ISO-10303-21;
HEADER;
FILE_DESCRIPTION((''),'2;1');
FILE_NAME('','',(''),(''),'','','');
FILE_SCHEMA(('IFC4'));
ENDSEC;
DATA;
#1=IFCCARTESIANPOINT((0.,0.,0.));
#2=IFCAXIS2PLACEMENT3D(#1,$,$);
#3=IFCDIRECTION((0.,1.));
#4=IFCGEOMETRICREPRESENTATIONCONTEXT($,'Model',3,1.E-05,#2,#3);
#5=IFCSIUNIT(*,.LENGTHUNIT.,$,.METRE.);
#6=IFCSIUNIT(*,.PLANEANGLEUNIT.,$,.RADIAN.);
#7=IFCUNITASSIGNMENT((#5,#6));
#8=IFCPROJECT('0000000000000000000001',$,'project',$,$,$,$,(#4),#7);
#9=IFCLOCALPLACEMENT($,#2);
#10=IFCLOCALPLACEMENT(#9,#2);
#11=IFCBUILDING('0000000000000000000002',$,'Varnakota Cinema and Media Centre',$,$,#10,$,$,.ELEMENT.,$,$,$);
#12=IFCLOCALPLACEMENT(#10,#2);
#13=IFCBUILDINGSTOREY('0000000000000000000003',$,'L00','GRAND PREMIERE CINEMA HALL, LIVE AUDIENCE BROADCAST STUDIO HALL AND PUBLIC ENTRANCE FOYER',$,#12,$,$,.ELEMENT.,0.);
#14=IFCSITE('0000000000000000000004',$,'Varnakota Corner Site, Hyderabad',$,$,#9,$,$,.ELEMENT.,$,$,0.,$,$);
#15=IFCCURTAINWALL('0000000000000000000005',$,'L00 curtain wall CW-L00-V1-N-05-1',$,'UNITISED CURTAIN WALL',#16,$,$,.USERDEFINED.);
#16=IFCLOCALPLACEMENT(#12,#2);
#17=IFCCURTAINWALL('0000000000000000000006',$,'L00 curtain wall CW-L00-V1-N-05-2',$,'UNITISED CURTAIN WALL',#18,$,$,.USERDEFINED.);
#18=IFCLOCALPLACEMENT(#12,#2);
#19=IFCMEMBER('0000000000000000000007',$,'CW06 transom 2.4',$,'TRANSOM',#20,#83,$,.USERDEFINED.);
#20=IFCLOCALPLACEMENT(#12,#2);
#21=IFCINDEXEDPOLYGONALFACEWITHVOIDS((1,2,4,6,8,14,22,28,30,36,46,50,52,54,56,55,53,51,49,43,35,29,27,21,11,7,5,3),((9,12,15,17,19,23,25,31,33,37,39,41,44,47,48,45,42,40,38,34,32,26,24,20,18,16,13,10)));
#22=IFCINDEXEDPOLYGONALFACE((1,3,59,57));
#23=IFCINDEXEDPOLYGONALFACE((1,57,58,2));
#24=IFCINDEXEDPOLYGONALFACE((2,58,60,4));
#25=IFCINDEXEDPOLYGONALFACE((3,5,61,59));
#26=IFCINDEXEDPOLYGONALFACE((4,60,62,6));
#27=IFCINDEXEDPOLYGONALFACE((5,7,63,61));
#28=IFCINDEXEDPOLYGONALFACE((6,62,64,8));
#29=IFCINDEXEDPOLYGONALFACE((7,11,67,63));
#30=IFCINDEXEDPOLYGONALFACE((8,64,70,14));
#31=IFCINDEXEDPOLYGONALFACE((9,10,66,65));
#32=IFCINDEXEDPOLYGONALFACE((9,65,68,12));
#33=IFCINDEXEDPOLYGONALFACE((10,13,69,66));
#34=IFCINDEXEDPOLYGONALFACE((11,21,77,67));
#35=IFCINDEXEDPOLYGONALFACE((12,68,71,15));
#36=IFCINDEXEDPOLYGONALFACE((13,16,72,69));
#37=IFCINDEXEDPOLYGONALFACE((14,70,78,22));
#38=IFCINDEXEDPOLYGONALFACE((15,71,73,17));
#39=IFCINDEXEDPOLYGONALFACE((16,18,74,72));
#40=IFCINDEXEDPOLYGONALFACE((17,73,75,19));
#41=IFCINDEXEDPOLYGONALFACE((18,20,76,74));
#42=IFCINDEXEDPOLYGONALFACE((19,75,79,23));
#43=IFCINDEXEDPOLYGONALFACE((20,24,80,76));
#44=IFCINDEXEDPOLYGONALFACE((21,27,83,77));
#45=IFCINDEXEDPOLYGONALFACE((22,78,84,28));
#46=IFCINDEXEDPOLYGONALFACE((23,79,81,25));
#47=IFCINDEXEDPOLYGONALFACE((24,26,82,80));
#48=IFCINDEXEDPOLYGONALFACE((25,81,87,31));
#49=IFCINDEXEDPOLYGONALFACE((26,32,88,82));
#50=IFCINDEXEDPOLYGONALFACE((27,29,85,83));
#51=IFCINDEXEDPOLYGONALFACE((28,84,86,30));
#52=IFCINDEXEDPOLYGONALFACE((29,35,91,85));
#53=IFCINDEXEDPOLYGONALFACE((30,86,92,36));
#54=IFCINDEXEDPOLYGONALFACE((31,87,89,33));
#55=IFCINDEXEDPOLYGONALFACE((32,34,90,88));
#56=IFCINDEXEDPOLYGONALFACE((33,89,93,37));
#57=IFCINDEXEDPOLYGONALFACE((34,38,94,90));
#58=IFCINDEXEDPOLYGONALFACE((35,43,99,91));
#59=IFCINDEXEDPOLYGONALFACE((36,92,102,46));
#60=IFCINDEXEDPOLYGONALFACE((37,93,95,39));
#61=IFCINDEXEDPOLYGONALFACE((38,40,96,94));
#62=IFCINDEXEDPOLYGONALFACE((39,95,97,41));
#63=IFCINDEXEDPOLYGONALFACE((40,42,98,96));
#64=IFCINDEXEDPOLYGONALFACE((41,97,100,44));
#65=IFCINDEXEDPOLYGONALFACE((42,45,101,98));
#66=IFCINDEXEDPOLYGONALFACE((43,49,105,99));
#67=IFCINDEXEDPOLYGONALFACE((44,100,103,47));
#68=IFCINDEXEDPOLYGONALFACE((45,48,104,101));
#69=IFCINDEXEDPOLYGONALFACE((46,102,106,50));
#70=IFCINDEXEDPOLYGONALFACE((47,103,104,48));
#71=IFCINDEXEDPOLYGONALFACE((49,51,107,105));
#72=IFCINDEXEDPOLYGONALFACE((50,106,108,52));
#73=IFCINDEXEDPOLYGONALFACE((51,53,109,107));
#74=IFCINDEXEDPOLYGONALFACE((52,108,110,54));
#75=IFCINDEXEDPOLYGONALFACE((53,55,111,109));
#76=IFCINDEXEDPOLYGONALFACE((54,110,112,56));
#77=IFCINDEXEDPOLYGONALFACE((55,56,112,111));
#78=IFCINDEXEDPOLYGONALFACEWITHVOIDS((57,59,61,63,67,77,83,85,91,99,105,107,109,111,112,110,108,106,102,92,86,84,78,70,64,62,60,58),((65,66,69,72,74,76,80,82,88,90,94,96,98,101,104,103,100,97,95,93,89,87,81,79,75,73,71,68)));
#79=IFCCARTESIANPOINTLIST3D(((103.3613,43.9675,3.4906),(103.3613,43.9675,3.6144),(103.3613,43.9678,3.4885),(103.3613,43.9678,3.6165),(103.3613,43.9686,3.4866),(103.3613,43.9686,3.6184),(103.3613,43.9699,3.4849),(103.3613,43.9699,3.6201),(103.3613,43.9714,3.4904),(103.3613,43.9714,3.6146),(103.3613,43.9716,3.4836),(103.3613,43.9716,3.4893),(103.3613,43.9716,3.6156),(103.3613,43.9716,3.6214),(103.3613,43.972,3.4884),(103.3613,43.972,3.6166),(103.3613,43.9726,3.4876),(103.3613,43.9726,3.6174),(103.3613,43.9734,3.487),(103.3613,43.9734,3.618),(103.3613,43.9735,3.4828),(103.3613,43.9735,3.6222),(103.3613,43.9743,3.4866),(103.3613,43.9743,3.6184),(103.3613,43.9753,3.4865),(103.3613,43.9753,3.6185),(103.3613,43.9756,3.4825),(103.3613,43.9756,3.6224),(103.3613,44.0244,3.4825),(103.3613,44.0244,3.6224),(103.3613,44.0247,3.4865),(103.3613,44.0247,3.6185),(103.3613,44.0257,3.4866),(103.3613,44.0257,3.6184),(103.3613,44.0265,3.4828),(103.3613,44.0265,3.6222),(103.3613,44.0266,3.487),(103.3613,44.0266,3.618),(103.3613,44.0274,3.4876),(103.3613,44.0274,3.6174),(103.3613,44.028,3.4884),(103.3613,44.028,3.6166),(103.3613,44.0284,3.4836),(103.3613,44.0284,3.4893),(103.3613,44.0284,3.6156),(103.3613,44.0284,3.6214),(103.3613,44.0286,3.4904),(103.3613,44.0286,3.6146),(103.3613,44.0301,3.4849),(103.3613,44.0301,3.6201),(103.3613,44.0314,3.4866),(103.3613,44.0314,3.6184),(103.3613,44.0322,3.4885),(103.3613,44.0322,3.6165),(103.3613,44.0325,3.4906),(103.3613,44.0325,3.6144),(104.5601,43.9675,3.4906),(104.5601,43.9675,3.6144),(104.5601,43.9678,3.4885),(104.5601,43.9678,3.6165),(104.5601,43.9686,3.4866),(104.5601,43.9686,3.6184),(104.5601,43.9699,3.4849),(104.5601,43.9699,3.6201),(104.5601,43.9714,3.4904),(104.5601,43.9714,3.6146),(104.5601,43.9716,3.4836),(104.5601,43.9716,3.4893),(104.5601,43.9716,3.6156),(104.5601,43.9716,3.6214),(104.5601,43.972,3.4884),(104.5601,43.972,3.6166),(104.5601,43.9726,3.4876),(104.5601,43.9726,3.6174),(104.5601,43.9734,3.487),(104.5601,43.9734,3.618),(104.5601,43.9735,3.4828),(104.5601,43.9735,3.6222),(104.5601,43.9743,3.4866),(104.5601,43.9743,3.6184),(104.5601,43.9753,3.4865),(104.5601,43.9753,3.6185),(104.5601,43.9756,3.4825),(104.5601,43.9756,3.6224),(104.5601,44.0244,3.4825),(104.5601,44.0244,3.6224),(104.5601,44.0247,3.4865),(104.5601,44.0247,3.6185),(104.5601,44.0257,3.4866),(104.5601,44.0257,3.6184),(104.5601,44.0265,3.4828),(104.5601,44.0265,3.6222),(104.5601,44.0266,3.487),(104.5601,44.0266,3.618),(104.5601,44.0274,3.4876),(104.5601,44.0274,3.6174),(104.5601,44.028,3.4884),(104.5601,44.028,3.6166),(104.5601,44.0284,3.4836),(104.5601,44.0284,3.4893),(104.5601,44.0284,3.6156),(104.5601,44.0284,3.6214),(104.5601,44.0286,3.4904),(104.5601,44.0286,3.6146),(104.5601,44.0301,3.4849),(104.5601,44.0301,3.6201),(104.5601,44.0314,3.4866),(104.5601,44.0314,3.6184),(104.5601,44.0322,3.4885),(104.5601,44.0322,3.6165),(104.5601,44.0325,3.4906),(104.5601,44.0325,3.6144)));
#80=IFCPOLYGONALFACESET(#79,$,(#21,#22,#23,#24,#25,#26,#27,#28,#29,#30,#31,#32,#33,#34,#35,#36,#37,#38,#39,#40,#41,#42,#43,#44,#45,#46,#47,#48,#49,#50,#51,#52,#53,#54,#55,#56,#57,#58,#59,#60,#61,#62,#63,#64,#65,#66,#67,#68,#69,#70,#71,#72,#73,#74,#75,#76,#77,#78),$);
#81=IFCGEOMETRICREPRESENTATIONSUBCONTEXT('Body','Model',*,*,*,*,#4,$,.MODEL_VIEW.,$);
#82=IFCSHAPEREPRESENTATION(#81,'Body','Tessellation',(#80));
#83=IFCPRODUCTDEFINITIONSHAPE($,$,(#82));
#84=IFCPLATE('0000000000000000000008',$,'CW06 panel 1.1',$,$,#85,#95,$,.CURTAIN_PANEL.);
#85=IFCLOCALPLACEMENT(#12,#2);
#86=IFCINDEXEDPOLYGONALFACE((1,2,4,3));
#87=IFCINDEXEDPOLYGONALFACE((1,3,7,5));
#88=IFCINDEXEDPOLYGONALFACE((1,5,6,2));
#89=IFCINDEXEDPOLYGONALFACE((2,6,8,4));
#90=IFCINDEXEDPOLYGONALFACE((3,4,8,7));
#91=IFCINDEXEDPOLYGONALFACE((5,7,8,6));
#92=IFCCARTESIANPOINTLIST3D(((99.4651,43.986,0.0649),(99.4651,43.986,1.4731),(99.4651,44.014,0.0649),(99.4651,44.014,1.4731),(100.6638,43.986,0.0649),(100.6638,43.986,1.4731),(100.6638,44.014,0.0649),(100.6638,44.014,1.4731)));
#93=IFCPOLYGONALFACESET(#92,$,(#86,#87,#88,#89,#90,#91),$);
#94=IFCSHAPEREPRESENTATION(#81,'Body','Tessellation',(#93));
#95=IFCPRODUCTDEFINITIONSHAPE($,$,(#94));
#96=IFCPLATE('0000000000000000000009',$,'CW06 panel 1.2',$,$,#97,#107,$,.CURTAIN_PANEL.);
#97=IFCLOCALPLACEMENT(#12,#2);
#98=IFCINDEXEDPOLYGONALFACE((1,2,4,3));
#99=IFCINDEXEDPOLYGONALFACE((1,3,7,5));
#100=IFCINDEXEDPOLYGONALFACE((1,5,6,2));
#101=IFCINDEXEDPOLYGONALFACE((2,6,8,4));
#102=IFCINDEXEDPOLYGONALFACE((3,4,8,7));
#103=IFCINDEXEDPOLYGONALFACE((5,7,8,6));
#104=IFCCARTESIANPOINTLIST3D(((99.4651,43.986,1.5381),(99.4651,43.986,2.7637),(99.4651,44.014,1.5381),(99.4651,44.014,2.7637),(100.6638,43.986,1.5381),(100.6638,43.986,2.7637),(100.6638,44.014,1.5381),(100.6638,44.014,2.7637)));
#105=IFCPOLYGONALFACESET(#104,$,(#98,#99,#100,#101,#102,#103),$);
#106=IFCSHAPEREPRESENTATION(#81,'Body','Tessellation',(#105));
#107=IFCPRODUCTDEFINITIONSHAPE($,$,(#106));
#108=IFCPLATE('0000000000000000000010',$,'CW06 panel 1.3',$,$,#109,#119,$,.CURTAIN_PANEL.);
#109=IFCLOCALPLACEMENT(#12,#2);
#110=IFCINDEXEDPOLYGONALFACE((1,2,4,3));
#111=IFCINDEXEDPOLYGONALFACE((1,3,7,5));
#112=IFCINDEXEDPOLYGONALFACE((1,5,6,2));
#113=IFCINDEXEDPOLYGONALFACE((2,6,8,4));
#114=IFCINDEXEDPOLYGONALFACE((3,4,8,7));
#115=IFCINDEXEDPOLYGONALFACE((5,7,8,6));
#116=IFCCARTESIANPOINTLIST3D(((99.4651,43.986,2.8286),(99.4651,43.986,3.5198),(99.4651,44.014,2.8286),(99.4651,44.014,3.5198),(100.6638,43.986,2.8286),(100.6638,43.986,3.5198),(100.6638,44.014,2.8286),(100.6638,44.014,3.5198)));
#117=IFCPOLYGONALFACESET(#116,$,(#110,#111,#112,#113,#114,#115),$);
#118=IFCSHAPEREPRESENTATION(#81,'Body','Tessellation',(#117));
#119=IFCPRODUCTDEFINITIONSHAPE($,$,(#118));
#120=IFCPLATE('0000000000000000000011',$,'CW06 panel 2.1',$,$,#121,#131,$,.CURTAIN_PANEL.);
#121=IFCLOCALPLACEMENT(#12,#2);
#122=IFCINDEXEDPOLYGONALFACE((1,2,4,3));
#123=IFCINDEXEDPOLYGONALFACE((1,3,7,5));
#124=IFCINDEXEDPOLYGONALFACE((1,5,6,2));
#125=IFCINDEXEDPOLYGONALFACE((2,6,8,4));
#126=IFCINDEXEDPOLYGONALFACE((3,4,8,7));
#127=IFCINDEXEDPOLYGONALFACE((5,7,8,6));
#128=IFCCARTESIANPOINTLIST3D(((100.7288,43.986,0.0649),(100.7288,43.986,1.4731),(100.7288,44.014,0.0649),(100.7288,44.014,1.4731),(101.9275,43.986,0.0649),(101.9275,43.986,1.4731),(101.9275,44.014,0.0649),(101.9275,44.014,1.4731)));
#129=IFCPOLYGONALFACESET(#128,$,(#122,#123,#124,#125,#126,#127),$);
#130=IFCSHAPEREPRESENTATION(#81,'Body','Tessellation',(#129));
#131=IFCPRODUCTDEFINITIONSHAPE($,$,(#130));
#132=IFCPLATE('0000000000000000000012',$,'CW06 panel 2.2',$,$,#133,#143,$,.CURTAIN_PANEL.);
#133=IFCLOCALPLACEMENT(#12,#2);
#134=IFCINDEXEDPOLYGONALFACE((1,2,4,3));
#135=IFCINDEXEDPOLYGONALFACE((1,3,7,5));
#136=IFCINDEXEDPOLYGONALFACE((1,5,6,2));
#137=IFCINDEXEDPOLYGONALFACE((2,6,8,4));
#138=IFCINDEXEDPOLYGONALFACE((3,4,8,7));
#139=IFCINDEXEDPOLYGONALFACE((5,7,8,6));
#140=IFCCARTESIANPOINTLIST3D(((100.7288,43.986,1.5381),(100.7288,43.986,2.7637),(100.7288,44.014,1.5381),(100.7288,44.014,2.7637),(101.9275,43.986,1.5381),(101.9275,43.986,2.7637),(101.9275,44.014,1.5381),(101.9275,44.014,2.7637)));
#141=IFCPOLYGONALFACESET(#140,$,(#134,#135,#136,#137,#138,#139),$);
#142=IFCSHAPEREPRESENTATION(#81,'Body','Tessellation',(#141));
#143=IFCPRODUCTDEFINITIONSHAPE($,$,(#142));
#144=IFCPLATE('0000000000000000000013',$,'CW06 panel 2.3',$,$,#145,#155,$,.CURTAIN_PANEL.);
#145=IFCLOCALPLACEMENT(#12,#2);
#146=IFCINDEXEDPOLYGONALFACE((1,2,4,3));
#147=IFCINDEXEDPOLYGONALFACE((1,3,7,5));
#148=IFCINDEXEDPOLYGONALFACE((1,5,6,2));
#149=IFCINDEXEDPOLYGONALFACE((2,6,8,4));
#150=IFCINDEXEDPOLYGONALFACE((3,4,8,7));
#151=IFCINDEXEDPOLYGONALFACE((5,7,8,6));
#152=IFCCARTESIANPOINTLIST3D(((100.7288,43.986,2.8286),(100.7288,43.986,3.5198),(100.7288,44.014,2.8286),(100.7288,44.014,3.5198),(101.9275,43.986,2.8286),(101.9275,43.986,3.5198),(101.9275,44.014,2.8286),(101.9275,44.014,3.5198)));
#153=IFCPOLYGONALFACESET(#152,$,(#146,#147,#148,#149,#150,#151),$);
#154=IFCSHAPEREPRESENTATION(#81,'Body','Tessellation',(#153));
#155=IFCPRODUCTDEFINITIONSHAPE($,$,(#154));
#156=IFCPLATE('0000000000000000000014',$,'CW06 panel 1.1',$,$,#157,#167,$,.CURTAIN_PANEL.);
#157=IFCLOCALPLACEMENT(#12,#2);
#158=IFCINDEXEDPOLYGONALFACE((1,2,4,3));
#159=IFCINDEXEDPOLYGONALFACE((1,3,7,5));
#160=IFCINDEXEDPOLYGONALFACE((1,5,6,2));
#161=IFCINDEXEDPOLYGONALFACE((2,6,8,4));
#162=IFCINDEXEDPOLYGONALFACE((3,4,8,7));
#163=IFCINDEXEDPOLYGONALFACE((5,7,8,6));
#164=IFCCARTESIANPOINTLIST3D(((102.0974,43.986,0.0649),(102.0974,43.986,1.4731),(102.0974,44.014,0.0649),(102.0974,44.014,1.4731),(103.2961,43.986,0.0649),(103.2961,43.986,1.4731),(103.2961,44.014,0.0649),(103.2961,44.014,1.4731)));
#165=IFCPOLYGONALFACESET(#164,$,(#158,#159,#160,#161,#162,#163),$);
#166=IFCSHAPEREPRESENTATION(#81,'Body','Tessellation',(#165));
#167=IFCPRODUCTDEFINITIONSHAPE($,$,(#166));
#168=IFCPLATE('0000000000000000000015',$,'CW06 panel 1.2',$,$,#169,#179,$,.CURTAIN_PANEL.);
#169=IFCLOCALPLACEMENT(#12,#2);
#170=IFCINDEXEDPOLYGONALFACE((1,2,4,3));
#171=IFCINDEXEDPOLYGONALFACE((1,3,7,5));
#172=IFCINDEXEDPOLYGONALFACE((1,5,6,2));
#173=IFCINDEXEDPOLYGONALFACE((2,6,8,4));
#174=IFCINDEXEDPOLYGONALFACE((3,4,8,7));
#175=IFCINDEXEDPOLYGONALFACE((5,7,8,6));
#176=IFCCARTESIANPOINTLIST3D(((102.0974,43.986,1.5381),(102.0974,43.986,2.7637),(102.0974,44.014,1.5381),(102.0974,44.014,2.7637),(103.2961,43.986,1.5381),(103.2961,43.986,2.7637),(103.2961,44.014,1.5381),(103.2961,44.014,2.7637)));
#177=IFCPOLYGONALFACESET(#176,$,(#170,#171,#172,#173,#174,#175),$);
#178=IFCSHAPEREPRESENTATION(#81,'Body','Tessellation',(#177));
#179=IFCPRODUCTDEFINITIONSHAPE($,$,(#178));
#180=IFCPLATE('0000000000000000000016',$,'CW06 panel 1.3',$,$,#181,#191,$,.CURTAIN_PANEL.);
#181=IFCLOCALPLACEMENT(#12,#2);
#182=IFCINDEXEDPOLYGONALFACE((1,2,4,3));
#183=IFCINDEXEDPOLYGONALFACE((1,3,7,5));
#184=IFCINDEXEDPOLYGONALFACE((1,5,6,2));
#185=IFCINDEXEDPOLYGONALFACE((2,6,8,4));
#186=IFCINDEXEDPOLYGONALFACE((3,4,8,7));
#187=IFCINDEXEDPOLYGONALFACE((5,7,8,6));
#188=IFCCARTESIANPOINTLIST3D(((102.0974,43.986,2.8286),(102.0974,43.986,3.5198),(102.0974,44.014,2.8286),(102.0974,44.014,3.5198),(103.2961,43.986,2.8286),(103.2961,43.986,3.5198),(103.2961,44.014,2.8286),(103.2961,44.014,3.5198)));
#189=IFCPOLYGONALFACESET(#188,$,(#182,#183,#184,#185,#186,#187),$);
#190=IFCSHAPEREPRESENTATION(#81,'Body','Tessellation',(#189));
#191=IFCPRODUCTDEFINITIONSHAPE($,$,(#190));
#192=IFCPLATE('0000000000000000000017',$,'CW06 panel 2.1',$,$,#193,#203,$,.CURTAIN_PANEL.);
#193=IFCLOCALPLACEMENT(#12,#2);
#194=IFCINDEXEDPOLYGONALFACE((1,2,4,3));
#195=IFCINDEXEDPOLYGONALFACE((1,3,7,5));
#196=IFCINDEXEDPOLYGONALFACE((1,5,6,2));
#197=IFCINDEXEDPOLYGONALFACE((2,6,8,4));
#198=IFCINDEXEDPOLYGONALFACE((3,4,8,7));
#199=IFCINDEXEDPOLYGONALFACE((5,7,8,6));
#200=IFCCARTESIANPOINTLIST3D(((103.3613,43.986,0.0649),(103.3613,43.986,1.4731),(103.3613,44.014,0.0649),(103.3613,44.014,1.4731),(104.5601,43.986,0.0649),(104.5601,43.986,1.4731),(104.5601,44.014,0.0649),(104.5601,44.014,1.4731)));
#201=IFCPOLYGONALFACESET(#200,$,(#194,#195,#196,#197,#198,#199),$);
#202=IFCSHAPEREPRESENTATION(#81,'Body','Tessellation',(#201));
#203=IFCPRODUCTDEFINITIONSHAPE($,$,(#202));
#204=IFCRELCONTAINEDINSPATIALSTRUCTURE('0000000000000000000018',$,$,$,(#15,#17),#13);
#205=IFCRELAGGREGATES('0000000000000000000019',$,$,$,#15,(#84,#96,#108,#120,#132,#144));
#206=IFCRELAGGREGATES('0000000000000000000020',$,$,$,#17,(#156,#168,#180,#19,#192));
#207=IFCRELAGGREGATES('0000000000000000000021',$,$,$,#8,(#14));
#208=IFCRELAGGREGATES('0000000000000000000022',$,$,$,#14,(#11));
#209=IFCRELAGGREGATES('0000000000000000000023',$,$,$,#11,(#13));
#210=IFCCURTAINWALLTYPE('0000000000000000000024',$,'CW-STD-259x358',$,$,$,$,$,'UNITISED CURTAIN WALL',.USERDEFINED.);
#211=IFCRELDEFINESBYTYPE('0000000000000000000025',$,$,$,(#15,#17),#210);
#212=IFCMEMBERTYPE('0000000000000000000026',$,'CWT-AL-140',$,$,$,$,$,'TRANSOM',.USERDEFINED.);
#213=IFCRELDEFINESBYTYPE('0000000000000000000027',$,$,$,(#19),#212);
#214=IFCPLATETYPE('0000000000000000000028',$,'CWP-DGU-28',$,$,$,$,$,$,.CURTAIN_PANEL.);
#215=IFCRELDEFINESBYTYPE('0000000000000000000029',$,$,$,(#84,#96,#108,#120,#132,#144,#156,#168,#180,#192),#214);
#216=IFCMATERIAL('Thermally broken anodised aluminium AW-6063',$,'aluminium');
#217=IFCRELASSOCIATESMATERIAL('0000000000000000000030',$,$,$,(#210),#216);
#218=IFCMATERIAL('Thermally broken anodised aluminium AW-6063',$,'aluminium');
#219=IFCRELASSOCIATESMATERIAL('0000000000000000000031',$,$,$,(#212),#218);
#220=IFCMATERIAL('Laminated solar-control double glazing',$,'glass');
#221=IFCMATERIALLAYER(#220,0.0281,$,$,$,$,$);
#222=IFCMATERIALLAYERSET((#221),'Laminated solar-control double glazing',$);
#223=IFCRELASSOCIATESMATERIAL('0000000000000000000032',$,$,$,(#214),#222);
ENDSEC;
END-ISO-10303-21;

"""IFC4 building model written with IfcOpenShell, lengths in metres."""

from ifc_helpers import new_model, si_unit, direction, frame, origin, origin_2d, place, context, subcontext, project, spatial, rectangle, hollow_rectangle, extrude, material, layer, layer_set, material_profile, profile_set, type_object, element, aggregate, save


model = new_model("IFC4")

# Units and contexts
model_context = context("Model", 3, precision=1e-05, world=origin(), true_north=direction((0.0, 1.0)))
body_context = subcontext(model_context, "Body", "Model", "MODEL_VIEW")
ifc_project = project(units=[si_unit("LENGTHUNIT", "METRE"), si_unit("PLANEANGLEUNIT", "RADIAN")], contexts=[model_context])

# Site, building, storey
site_placement = place(None, origin())
site = spatial("IfcSite", under=ifc_project, at=site_placement, Name="Varnakota Corner Site, Hyderabad", CompositionType="ELEMENT", RefElevation=0.0)
building_placement = place(site_placement, origin())
building = spatial("IfcBuilding", under=site, at=building_placement, Name="Varnakota Cinema and Media Centre", CompositionType="ELEMENT")
storey_placement = place(building_placement, origin())
storey = spatial("IfcBuildingStorey", under=building, at=storey_placement, Name="L00", Description="GRAND PREMIERE CINEMA HALL, LIVE AUDIENCE BROADCAST STUDIO HALL AND PUBLIC ENTRANCE FOYER", CompositionType="ELEMENT", Elevation=0.0)

# Curtain walls
ifc_material_1 = material(Name="Thermally broken anodised aluminium AW-6063", Category="aluminium")
curtain_wall_type = type_object("IfcCurtainWallType", Name="CW-STD-259x358", ElementType="UNITISED CURTAIN WALL", PredefinedType="USERDEFINED", material=ifc_material_1)
curtain_wall_1_placement = place(storey_placement, origin())
curtain_wall_1 = element("IfcCurtainWall", 1, at=curtain_wall_1_placement, inside=storey, type_object=curtain_wall_type, Name="L00 curtain wall CW-L00-V1-N-05-1", ObjectType="UNITISED CURTAIN WALL", PredefinedType="USERDEFINED")
curtain_wall_2_placement = place(storey_placement, origin())
curtain_wall_2 = element("IfcCurtainWall", 2, at=curtain_wall_2_placement, inside=storey, type_object=curtain_wall_type, Name="L00 curtain wall CW-L00-V1-N-05-2", ObjectType="UNITISED CURTAIN WALL", PredefinedType="USERDEFINED")

# Member
ifc_material_2 = material(Name="Thermally broken anodised aluminium AW-6063", Category="aluminium")
ifc_material_profile_1 = material_profile(ifc_material_2, hollow_rectangle(XDim=0.0649, YDim=0.1399, WallThickness=0.0039, InnerFilletRadius=0.0039, OuterFilletRadius=0.0081, at=origin_2d()), Name="AL-TRANSOM 140x65x4")
ifc_profile_set_1 = profile_set([ifc_material_profile_1], Name="Thermally broken anodised aluminium AW-6063")
member_type_1 = type_object("IfcMemberType", Name="CWT-AL-140", ElementType="TRANSOM", PredefinedType="USERDEFINED", material=ifc_profile_set_1)
member_1_placement = place(storey_placement, frame((103.3613, 44.0, 3.5525), z_axis=(1.0, 0.0, 0.0), x_axis=(0.0, 1.0, 0.0)))
member_1 = element("IfcMember", 3, at=member_1_placement, type_object=member_type_1, Name="CW06 transom 2.4", ObjectType="TRANSOM", PredefinedType="USERDEFINED", context=body_context, shape_type="SweptSolid", body=[
    extrude(hollow_rectangle(XDim=0.0649, YDim=0.1399, WallThickness=0.0039, InnerFilletRadius=0.0039, OuterFilletRadius=0.0081, at=origin_2d()), origin(), (0.0, 0.0, 1.0), 1.1987),
])

# Plates
ifc_material_3 = material(Name="Laminated solar-control double glazing", Category="glass")
ifc_layer = layer(ifc_material_3, 0.0281)
ifc_layer_set = layer_set([ifc_layer], Name="Laminated solar-control double glazing")
plate_type = type_object("IfcPlateType", Name="CWP-DGU-28", PredefinedType="CURTAIN_PANEL", material=ifc_layer_set)
plate_1_placement = place(storey_placement, frame((100.0645, 44.0, 0.0649), z_axis=(0.0, 0.0, 1.0), x_axis=(1.0, 0.0, 0.0)))
plate_1 = element("IfcPlate", 4, at=plate_1_placement, type_object=plate_type, Name="CW06 panel 1.1", PredefinedType="CURTAIN_PANEL", context=body_context, shape_type="SweptSolid", body=[
    extrude(rectangle(XDim=1.1987, YDim=0.0281, at=origin_2d()), origin(), (0.0, 0.0, 1.0), 1.4082),
])
plate_2_placement = place(storey_placement, frame((100.0645, 44.0, 1.5381), z_axis=(0.0, 0.0, 1.0), x_axis=(1.0, 0.0, 0.0)))
plate_2 = element("IfcPlate", 5, at=plate_2_placement, type_object=plate_type, Name="CW06 panel 1.2", PredefinedType="CURTAIN_PANEL", context=body_context, shape_type="SweptSolid", body=[
    extrude(rectangle(XDim=1.1987, YDim=0.0281, at=origin_2d()), origin(), (0.0, 0.0, 1.0), 1.2256),
])
plate_3_placement = place(storey_placement, frame((100.0645, 44.0, 2.8286), z_axis=(0.0, 0.0, 1.0), x_axis=(1.0, 0.0, 0.0)))
plate_3 = element("IfcPlate", 6, at=plate_3_placement, type_object=plate_type, Name="CW06 panel 1.3", PredefinedType="CURTAIN_PANEL", context=body_context, shape_type="SweptSolid", body=[
    extrude(rectangle(XDim=1.1987, YDim=0.0281, at=origin_2d()), origin(), (0.0, 0.0, 1.0), 0.6912),
])
plate_4_placement = place(storey_placement, frame((101.3281, 44.0, 0.0649), z_axis=(0.0, 0.0, 1.0), x_axis=(1.0, 0.0, 0.0)))
plate_4 = element("IfcPlate", 7, at=plate_4_placement, type_object=plate_type, Name="CW06 panel 2.1", PredefinedType="CURTAIN_PANEL", context=body_context, shape_type="SweptSolid", body=[
    extrude(rectangle(XDim=1.1987, YDim=0.0281, at=origin_2d()), origin(), (0.0, 0.0, 1.0), 1.4082),
])
plate_5_placement = place(storey_placement, frame((101.3281, 44.0, 1.5381), z_axis=(0.0, 0.0, 1.0), x_axis=(1.0, 0.0, 0.0)))
plate_5 = element("IfcPlate", 8, at=plate_5_placement, type_object=plate_type, Name="CW06 panel 2.2", PredefinedType="CURTAIN_PANEL", context=body_context, shape_type="SweptSolid", body=[
    extrude(rectangle(XDim=1.1987, YDim=0.0281, at=origin_2d()), origin(), (0.0, 0.0, 1.0), 1.2256),
])
plate_6_placement = place(storey_placement, frame((101.3281, 44.0, 2.8286), z_axis=(0.0, 0.0, 1.0), x_axis=(1.0, 0.0, 0.0)))
plate_6 = element("IfcPlate", 9, at=plate_6_placement, type_object=plate_type, Name="CW06 panel 2.3", PredefinedType="CURTAIN_PANEL", context=body_context, shape_type="SweptSolid", body=[
    extrude(rectangle(XDim=1.1987, YDim=0.0281, at=origin_2d()), origin(), (0.0, 0.0, 1.0), 0.6912),
])
aggregate(curtain_wall_1, [plate_1, plate_2, plate_3, plate_4, plate_5, plate_6])
plate_7_placement = place(storey_placement, frame((102.6968, 44.0, 0.0649), z_axis=(0.0, 0.0, 1.0), x_axis=(1.0, 0.0, 0.0)))
plate_7 = element("IfcPlate", 10, at=plate_7_placement, type_object=plate_type, Name="CW06 panel 1.1", PredefinedType="CURTAIN_PANEL", context=body_context, shape_type="SweptSolid", body=[
    extrude(rectangle(XDim=1.1987, YDim=0.0281, at=origin_2d()), origin(), (0.0, 0.0, 1.0), 1.4082),
])
plate_8_placement = place(storey_placement, frame((102.6968, 44.0, 1.5381), z_axis=(0.0, 0.0, 1.0), x_axis=(1.0, 0.0, 0.0)))
plate_8 = element("IfcPlate", 11, at=plate_8_placement, type_object=plate_type, Name="CW06 panel 1.2", PredefinedType="CURTAIN_PANEL", context=body_context, shape_type="SweptSolid", body=[
    extrude(rectangle(XDim=1.1987, YDim=0.0281, at=origin_2d()), origin(), (0.0, 0.0, 1.0), 1.2256),
])
plate_9_placement = place(storey_placement, frame((102.6968, 44.0, 2.8286), z_axis=(0.0, 0.0, 1.0), x_axis=(1.0, 0.0, 0.0)))
plate_9 = element("IfcPlate", 12, at=plate_9_placement, type_object=plate_type, Name="CW06 panel 1.3", PredefinedType="CURTAIN_PANEL", context=body_context, shape_type="SweptSolid", body=[
    extrude(rectangle(XDim=1.1987, YDim=0.0281, at=origin_2d()), origin(), (0.0, 0.0, 1.0), 0.6912),
])
plate_10_placement = place(storey_placement, frame((103.9607, 44.0, 0.0649), z_axis=(0.0, 0.0, 1.0), x_axis=(1.0, 0.0, 0.0)))
plate_10 = element("IfcPlate", 13, at=plate_10_placement, type_object=plate_type, Name="CW06 panel 2.1", PredefinedType="CURTAIN_PANEL", context=body_context, shape_type="SweptSolid", body=[
    extrude(rectangle(XDim=1.1987, YDim=0.0281, at=origin_2d()), origin(), (0.0, 0.0, 1.0), 1.4082),
])
aggregate(curtain_wall_2, [plate_7, plate_8, plate_9, member_1, plate_10])

save(model, "model.ifc")
